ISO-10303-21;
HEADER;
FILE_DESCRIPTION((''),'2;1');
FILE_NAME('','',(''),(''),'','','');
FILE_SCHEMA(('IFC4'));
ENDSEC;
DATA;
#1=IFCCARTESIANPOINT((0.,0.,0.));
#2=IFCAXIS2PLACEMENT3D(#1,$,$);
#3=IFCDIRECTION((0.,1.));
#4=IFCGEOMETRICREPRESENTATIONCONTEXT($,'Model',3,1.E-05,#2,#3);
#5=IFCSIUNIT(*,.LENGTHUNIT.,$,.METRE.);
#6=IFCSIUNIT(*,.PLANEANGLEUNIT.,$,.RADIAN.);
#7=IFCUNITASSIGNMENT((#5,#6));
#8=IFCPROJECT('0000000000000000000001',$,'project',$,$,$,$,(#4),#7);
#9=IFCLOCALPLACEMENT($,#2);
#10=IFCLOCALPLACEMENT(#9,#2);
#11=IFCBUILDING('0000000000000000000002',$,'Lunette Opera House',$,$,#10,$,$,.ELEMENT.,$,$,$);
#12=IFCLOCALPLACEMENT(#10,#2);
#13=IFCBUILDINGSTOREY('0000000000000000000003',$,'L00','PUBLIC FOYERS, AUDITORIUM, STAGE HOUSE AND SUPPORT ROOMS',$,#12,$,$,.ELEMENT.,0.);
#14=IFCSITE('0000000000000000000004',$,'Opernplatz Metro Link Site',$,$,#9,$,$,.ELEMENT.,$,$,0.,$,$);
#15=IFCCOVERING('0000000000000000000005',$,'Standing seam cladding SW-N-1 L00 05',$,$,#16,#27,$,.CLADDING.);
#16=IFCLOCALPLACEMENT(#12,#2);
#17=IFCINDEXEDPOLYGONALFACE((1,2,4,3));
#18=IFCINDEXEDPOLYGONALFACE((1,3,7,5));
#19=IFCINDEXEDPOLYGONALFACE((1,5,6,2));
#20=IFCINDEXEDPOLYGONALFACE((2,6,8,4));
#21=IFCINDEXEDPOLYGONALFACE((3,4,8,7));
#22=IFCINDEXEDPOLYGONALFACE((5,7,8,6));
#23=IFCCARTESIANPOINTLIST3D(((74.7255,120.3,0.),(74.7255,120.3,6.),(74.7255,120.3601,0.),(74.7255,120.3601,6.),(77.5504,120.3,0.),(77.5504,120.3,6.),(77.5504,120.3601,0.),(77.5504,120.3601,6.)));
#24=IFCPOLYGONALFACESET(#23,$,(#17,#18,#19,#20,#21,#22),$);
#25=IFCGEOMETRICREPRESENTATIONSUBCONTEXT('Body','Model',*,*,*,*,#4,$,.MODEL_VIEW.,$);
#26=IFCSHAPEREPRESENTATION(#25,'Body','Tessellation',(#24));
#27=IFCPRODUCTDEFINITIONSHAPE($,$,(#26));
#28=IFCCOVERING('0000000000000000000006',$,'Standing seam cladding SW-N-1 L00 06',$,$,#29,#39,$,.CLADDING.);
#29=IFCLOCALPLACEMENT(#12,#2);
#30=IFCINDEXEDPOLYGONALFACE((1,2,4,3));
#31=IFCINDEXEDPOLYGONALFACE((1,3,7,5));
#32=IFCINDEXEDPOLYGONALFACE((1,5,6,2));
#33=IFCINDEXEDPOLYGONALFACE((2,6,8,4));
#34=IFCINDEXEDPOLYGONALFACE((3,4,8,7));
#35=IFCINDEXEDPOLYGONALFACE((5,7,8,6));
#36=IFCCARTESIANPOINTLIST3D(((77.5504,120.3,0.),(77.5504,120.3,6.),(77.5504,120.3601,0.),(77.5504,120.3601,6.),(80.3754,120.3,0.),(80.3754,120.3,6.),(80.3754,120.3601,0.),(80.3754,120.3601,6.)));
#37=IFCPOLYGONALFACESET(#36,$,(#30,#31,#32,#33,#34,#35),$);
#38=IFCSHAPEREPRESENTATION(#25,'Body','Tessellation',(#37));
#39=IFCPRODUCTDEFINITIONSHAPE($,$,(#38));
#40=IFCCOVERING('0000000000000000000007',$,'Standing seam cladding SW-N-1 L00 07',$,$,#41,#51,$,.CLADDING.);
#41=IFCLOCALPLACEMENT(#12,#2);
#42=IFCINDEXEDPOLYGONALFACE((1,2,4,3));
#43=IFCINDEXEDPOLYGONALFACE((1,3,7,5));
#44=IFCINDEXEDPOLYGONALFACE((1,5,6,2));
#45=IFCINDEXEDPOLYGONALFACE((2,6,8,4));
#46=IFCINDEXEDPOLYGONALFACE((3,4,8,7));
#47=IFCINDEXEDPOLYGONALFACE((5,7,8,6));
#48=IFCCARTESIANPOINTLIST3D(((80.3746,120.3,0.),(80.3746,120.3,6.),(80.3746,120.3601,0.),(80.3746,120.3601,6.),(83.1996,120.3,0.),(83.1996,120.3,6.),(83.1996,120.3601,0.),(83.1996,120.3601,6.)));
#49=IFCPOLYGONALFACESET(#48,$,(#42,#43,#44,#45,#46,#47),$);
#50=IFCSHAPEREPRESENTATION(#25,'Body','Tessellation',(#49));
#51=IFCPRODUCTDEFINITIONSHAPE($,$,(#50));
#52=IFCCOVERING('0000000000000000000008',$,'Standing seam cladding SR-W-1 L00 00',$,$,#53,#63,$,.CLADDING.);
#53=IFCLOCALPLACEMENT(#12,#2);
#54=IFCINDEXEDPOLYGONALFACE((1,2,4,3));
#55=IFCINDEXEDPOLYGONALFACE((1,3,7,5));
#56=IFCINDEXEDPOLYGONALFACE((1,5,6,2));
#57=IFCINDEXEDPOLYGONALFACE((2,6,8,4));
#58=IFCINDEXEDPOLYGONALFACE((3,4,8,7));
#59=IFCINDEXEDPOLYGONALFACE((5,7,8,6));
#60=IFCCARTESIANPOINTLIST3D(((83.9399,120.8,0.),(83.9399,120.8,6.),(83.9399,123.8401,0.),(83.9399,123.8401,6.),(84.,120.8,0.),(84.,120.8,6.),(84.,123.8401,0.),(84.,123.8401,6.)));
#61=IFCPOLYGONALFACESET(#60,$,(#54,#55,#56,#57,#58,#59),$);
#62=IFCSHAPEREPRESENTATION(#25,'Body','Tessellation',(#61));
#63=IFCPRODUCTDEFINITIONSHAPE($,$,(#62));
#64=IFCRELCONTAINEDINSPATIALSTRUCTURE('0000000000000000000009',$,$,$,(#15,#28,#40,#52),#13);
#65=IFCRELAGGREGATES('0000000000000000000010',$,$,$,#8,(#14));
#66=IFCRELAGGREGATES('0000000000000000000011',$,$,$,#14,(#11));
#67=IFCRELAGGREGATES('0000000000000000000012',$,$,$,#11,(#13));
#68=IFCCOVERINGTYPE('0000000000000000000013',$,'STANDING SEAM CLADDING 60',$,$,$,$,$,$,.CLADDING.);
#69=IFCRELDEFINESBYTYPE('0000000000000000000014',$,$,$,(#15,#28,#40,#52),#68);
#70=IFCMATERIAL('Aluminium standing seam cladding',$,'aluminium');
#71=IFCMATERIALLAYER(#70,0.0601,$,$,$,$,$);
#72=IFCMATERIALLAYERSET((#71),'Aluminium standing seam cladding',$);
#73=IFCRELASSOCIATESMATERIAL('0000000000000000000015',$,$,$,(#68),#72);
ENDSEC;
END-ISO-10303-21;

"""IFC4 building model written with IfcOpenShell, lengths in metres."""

from ifc_helpers import new_model, si_unit, direction, frame, origin, origin_2d, place, context, subcontext, project, spatial, rectangle, extrude, material, layer, layer_set, type_object, element, save


model = new_model("IFC4")

# Units and contexts
model_context = context("Model", 3, precision=1e-05, world=origin(), true_north=direction((0.0, 1.0)))
body_context = subcontext(model_context, "Body", "Model", "MODEL_VIEW")
ifc_project = project(units=[si_unit("LENGTHUNIT", "METRE"), si_unit("PLANEANGLEUNIT", "RADIAN")], contexts=[model_context])

# Site, building, storey
site_placement = place(None, origin())
site = spatial("IfcSite", under=ifc_project, at=site_placement, Name="Opernplatz Metro Link Site", CompositionType="ELEMENT", RefElevation=0.0)
building_placement = place(site_placement, origin())
building = spatial("IfcBuilding", under=site, at=building_placement, Name="Lunette Opera House", CompositionType="ELEMENT")
storey_placement = place(building_placement, origin())
storey = spatial("IfcBuildingStorey", under=building, at=storey_placement, Name="L00", Description="PUBLIC FOYERS, AUDITORIUM, STAGE HOUSE AND SUPPORT ROOMS", CompositionType="ELEMENT", Elevation=0.0)

# Coverings
ifc_material_1 = material(Name="Aluminium standing seam cladding", Category="aluminium")
ifc_layer_1 = layer(ifc_material_1, 0.0601)
ifc_layer_set_1 = layer_set([ifc_layer_1], Name="Aluminium standing seam cladding")
covering_type = type_object("IfcCoveringType", Name="STANDING SEAM CLADDING 60", PredefinedType="CLADDING", material=ifc_layer_set_1)
for number, where, z_axis, x_axis, name in (
    (1, (76.1379, 120.3301, 0.0), (0.0, 0.0, 1.0), (1.0, 0.0, 0.0), "Standing seam cladding SW-N-1 L00 05"),
    (2, (78.9629, 120.3301, 0.0), (0.0, 0.0, 1.0), (1.0, 0.0, 0.0), "Standing seam cladding SW-N-1 L00 06"),
    (3, (81.7871, 120.3301, 0.0), (0.0, 0.0, 1.0), (1.0, 0.0, 0.0), "Standing seam cladding SW-N-1 L00 07"),
):
    element("IfcCovering", number, at=place(storey_placement, frame(where, z_axis=z_axis, x_axis=x_axis)), inside=storey, type_object=covering_type, Name=name, PredefinedType="CLADDING", context=body_context, shape_type="SweptSolid", body=[
        extrude(rectangle(XDim=2.825, YDim=0.0601, at=origin_2d()), origin(), (0.0, 0.0, 1.0), 6.0),
    ])
covering_placement = place(storey_placement, frame((83.97, 122.3201, 0.0), z_axis=(0.0, 0.0, 1.0), x_axis=(0.0, 1.0, 0.0)))
element("IfcCovering", 4, at=covering_placement, inside=storey, type_object=covering_type, Name="Standing seam cladding SR-W-1 L00 00", PredefinedType="CLADDING", context=body_context, shape_type="SweptSolid", body=[
    extrude(rectangle(XDim=3.04, YDim=0.0601, at=origin_2d()), origin(), (0.0, 0.0, 1.0), 6.0),
])

save(model, "model.ifc")
